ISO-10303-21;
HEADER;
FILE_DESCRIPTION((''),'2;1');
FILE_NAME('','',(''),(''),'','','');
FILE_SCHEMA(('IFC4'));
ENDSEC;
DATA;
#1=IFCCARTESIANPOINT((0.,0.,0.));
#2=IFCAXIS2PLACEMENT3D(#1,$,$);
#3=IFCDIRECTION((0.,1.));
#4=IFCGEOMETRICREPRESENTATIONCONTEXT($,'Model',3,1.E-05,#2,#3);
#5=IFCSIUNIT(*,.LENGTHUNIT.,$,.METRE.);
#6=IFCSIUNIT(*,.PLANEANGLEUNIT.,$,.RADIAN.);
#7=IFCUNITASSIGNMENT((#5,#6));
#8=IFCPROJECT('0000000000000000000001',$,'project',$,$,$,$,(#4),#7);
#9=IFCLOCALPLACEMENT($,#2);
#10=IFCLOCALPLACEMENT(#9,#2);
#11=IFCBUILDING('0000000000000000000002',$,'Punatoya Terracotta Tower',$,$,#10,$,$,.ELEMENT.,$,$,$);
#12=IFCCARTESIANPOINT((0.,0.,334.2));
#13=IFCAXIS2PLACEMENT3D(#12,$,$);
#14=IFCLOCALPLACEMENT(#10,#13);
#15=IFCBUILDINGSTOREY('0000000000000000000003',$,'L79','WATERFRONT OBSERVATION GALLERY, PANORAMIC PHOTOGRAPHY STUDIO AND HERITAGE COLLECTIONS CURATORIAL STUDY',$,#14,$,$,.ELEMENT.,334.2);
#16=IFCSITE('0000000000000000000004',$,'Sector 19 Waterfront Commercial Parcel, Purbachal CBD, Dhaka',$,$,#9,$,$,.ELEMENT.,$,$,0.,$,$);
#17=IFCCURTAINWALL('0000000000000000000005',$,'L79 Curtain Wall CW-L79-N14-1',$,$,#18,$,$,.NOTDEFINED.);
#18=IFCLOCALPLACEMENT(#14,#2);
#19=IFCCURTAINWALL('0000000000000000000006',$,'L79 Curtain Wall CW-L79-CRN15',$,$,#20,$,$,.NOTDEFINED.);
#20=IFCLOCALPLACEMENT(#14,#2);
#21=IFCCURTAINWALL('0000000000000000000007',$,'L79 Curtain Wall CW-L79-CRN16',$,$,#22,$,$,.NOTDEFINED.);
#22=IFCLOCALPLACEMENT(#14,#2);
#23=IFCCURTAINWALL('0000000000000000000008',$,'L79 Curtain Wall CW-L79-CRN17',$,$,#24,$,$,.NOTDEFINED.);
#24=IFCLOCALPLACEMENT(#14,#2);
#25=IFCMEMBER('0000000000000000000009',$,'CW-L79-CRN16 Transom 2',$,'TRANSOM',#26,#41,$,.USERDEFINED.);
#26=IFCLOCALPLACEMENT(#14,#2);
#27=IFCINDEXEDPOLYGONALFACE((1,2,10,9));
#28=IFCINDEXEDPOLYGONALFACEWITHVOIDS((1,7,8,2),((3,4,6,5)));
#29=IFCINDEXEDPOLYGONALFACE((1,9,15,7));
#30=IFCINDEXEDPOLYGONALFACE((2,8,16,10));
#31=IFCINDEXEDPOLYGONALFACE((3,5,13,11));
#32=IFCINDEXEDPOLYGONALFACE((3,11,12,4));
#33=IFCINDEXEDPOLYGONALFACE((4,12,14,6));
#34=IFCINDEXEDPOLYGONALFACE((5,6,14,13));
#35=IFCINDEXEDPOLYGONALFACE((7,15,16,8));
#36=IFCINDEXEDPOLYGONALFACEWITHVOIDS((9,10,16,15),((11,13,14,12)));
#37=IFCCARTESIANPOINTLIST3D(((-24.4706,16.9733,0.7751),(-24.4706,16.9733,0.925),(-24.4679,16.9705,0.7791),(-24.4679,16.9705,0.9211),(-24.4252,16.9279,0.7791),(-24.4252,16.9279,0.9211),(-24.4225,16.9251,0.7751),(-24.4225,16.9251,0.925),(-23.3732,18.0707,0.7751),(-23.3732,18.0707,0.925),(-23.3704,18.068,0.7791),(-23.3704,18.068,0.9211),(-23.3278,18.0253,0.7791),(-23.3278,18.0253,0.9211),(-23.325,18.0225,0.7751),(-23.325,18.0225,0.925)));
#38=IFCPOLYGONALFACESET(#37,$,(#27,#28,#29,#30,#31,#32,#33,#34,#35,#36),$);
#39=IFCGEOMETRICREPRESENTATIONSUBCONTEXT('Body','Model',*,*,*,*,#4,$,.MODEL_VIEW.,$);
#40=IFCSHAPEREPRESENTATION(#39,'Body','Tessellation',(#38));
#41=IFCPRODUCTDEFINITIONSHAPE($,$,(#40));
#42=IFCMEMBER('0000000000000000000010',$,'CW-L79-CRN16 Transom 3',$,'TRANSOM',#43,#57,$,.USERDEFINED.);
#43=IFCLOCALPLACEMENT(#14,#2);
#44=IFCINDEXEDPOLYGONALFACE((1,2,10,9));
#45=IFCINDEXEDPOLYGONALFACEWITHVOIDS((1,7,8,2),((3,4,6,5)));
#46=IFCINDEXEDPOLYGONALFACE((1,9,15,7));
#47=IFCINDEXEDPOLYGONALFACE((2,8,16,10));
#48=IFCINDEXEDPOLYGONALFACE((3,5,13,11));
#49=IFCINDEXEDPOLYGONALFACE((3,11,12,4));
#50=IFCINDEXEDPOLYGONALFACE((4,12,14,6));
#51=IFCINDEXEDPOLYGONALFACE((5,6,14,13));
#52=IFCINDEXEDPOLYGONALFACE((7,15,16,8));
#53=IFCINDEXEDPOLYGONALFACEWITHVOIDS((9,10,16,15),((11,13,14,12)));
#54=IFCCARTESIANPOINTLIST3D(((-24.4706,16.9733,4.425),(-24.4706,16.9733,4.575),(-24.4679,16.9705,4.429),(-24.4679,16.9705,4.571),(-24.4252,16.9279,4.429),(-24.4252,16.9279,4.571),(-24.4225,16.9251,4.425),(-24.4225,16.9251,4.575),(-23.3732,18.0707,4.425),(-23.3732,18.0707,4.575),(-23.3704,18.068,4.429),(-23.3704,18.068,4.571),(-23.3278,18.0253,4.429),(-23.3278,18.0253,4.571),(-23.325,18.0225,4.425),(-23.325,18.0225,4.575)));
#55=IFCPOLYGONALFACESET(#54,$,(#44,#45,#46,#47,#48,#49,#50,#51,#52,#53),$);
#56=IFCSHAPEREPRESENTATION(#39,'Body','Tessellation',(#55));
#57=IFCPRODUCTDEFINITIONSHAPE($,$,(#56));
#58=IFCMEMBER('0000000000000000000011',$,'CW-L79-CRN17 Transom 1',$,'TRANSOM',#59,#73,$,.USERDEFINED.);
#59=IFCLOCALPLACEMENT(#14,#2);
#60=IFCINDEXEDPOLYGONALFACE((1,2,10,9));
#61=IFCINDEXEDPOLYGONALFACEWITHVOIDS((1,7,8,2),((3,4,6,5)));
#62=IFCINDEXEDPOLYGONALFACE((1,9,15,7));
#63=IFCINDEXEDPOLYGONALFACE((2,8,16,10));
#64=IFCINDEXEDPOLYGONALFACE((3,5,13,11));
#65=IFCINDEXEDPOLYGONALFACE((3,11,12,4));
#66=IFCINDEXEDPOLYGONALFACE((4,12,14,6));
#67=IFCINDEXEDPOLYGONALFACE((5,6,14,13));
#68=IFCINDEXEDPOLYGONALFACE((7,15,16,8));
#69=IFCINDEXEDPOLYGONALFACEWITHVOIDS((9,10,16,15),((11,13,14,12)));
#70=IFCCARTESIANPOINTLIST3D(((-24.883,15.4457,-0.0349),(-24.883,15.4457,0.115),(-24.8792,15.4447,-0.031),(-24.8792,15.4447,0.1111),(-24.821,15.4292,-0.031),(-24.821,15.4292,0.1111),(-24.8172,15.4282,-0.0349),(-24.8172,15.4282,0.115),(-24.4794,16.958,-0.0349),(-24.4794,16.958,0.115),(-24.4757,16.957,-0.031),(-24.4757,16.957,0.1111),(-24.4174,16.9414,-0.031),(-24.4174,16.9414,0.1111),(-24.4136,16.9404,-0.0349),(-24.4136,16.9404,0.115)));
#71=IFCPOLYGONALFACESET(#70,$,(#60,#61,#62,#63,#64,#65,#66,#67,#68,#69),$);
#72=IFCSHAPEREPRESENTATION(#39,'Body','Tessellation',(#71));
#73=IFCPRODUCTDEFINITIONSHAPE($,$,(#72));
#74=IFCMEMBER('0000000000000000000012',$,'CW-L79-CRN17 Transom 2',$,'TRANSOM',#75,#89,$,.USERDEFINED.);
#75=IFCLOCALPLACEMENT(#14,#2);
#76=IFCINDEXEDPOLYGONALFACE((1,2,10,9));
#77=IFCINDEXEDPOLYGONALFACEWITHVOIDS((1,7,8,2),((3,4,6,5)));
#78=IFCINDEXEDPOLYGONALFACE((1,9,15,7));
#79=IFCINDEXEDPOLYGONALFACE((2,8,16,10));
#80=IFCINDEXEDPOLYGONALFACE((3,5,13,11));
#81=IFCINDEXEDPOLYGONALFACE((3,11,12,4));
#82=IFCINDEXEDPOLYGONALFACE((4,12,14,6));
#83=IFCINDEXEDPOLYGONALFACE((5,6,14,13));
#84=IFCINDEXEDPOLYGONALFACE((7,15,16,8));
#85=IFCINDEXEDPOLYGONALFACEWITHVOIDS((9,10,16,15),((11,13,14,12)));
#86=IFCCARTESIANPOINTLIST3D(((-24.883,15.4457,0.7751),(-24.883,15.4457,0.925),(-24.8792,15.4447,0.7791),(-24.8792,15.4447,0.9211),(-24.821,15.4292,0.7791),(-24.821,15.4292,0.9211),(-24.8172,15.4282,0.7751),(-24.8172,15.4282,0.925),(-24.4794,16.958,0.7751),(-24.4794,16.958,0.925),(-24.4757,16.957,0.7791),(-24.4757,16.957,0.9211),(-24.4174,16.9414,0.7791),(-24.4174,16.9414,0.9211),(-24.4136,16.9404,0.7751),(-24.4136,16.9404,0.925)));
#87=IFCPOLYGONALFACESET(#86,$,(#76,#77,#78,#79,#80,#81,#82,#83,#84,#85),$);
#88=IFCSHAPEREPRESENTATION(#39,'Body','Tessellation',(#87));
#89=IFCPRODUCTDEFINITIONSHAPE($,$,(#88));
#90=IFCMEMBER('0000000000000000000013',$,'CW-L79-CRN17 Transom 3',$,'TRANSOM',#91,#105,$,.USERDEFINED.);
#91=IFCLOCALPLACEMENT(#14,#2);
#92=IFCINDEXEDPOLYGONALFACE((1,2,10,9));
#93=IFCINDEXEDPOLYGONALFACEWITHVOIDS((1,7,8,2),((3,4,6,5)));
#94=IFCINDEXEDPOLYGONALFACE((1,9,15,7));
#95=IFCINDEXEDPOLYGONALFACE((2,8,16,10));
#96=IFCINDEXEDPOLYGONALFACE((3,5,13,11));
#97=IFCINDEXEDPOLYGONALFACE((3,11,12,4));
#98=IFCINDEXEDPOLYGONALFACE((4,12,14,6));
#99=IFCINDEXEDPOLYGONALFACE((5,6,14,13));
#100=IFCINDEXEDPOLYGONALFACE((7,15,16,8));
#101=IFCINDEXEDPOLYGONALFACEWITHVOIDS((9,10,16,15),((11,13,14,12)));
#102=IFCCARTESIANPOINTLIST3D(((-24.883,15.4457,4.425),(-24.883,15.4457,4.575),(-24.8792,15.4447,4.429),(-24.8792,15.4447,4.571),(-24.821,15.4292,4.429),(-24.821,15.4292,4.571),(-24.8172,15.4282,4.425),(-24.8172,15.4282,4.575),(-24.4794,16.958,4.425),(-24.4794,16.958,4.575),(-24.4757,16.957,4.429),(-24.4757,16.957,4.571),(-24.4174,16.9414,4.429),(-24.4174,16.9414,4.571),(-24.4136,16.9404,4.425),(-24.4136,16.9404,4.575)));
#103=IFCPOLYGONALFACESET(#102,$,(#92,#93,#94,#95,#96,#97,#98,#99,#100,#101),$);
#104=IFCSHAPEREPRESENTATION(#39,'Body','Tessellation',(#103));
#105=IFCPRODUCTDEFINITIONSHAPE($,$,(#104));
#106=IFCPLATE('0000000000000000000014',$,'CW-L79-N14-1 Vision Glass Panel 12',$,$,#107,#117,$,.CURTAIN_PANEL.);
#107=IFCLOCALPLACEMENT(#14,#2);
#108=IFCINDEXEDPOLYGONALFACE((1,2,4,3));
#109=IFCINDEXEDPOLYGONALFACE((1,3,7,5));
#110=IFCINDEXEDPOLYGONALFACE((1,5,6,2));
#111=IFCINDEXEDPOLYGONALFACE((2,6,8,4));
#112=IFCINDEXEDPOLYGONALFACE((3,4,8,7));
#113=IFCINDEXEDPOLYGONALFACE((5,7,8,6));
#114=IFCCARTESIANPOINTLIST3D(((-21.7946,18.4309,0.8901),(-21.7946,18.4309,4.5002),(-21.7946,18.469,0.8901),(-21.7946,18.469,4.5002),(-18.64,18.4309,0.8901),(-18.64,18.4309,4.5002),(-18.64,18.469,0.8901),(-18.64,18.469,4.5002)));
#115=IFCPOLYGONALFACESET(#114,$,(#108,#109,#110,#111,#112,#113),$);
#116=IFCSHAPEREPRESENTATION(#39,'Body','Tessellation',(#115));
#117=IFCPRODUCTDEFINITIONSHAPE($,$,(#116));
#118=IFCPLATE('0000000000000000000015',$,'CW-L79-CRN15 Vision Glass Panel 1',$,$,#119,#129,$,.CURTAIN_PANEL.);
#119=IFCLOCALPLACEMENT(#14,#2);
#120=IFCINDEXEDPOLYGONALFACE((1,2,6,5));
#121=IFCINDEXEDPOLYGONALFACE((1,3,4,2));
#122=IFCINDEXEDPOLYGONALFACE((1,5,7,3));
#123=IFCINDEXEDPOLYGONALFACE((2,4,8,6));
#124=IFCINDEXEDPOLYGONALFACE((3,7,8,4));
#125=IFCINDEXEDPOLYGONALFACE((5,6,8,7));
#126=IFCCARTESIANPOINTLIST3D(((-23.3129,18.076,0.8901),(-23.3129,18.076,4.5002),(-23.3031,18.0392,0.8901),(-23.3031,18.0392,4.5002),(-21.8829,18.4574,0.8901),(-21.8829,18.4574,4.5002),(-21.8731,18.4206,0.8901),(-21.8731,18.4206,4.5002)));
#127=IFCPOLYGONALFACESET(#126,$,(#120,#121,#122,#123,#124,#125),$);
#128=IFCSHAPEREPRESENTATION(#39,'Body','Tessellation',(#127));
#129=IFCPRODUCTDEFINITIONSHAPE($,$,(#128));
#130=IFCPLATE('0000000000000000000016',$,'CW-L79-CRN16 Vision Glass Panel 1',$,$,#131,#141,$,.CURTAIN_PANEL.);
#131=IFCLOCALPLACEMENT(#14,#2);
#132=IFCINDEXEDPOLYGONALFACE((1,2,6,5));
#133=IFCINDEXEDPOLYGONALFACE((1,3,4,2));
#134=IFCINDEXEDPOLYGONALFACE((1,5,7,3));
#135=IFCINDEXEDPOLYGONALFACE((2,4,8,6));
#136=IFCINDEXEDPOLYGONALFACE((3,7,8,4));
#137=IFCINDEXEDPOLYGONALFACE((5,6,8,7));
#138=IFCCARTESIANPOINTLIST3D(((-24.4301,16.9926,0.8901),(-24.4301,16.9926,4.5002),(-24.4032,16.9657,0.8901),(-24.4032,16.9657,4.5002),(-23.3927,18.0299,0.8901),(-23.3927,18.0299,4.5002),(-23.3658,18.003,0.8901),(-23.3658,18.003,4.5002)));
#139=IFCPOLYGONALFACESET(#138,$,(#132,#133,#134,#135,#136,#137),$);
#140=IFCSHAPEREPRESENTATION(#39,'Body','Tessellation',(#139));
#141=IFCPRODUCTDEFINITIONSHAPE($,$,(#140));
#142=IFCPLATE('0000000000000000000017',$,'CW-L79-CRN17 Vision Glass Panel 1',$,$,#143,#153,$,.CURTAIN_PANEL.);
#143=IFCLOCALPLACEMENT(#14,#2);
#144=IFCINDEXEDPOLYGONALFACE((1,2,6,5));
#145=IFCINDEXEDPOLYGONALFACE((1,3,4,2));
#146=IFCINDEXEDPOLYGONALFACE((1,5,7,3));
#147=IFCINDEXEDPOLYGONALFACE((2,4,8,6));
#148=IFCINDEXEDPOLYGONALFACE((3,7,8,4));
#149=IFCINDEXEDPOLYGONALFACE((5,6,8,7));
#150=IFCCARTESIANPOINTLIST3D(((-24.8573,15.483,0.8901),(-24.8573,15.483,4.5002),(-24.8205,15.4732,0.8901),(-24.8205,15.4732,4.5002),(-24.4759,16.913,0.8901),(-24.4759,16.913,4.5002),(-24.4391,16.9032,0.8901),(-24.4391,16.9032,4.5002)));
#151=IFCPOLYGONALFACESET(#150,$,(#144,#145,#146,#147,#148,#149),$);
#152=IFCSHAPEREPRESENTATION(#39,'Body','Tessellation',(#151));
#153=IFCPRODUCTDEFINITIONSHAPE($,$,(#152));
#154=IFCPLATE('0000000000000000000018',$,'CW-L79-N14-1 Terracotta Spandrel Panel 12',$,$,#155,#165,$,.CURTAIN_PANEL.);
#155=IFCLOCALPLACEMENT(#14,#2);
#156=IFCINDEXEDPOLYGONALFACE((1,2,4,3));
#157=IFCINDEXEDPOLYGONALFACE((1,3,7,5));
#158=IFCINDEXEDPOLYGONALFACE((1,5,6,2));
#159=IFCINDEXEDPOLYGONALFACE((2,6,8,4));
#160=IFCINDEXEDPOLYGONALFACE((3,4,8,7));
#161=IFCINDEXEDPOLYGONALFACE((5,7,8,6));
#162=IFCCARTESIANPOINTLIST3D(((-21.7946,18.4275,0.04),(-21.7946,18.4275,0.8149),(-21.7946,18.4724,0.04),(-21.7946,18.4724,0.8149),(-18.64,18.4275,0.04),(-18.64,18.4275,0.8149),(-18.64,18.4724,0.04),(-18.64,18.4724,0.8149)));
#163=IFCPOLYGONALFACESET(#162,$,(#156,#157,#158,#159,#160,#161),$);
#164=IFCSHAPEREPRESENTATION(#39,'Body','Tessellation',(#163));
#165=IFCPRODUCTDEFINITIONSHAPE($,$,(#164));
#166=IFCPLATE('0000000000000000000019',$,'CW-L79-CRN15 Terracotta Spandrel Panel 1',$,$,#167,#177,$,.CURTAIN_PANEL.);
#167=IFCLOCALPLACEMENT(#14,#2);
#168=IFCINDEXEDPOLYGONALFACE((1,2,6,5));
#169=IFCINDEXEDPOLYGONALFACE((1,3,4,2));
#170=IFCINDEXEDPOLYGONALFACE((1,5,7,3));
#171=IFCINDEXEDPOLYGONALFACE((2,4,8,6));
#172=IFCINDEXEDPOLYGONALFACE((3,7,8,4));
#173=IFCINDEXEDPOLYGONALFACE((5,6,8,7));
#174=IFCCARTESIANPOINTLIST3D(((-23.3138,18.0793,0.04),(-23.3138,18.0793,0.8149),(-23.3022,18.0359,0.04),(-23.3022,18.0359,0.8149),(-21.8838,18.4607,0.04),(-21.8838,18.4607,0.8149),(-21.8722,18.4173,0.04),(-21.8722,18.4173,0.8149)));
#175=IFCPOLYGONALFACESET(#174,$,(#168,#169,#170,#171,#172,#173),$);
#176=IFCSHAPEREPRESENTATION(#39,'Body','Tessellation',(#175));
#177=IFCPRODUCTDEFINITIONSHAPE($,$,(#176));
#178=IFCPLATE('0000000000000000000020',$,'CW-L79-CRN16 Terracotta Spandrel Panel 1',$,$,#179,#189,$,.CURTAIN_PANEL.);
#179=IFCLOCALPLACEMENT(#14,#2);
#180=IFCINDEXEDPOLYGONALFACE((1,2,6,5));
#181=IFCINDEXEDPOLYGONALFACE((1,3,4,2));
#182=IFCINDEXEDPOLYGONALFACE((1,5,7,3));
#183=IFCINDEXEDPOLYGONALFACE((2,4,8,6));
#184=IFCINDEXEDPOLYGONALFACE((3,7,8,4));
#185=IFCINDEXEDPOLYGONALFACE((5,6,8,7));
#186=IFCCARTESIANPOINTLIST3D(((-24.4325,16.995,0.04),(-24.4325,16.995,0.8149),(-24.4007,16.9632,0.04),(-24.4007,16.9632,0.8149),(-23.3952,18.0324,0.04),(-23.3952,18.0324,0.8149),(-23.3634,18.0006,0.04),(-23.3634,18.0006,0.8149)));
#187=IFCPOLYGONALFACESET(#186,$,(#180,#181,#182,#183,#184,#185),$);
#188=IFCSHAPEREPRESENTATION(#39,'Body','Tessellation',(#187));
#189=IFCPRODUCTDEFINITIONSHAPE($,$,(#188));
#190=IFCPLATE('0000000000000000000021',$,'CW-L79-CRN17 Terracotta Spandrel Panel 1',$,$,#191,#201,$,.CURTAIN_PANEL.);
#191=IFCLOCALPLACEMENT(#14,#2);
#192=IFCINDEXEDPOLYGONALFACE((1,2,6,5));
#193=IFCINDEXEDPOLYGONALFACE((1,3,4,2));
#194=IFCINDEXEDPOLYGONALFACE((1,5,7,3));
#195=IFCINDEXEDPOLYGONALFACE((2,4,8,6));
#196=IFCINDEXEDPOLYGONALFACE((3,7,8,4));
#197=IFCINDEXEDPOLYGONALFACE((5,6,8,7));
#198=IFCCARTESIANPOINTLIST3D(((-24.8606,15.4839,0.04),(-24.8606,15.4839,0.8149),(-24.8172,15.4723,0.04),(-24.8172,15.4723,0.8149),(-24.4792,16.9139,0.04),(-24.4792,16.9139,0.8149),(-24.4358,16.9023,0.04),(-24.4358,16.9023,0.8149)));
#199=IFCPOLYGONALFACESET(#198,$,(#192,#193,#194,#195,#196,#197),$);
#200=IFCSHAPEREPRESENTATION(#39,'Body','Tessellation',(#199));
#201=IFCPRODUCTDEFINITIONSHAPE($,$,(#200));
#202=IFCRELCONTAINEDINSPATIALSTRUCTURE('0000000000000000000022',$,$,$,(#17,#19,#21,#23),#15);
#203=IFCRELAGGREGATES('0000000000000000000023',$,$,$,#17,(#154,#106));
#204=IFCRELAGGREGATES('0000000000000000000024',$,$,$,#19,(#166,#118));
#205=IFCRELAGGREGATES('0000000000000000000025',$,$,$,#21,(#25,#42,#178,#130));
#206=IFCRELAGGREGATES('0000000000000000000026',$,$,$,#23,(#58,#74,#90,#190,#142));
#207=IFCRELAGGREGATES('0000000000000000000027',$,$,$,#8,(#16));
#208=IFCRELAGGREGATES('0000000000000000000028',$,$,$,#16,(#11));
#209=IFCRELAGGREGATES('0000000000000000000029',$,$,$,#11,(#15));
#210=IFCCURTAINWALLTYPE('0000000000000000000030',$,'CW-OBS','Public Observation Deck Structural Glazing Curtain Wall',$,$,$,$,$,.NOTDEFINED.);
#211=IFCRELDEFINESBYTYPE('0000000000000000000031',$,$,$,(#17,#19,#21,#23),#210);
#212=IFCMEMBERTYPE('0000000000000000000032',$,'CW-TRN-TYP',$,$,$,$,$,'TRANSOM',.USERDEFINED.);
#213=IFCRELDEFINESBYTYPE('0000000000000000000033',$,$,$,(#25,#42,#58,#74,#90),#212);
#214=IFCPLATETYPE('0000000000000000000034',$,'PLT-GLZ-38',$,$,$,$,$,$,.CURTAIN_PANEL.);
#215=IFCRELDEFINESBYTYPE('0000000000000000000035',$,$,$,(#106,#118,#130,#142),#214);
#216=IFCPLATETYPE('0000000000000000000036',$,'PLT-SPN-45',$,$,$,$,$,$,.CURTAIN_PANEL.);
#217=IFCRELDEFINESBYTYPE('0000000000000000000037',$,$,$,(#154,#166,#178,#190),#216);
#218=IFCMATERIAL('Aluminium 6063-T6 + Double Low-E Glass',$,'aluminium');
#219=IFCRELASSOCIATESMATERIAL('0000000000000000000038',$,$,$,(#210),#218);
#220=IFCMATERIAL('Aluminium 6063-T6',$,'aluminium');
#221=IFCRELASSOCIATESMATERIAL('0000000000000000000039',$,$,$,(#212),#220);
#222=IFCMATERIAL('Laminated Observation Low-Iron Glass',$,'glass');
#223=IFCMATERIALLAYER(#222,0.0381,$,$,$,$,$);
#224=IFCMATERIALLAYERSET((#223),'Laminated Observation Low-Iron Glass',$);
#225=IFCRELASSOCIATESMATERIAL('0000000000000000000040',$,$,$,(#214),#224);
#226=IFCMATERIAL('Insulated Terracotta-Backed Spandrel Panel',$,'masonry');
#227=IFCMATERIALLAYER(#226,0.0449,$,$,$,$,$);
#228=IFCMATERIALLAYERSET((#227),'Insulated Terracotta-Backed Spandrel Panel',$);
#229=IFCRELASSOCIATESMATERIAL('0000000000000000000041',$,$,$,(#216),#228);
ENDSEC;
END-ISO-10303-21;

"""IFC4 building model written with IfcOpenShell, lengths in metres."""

from ifc_helpers import new_model, si_unit, direction, frame, origin, origin_2d, place, context, subcontext, project, spatial, rectangle, hollow_rectangle, extrude, material, layer, layer_set, material_profile, profile_set, type_object, element, aggregate, save


model = new_model("IFC4")

# Units and contexts
model_context = context("Model", 3, precision=1e-05, world=origin(), true_north=direction((0.0, 1.0)))
body_context = subcontext(model_context, "Body", "Model", "MODEL_VIEW")
ifc_project = project(units=[si_unit("LENGTHUNIT", "METRE"), si_unit("PLANEANGLEUNIT", "RADIAN")], contexts=[model_context])

# Site, building, storey
site_placement = place(None, origin())
site = spatial("IfcSite", under=ifc_project, at=site_placement, Name="Sector 19 Waterfront Commercial Parcel, Purbachal CBD, Dhaka", CompositionType="ELEMENT", RefElevation=0.0)
building_placement = place(site_placement, origin())
building = spatial("IfcBuilding", under=site, at=building_placement, Name="Punatoya Terracotta Tower", CompositionType="ELEMENT")
storey_placement = place(building_placement, frame((0.0, 0.0, 334.2)))
storey = spatial("IfcBuildingStorey", under=building, at=storey_placement, Name="L79", Description="WATERFRONT OBSERVATION GALLERY, PANORAMIC PHOTOGRAPHY STUDIO AND HERITAGE COLLECTIONS CURATORIAL STUDY", CompositionType="ELEMENT", Elevation=334.2)

# Curtain walls
ifc_material_1 = material(Name="Aluminium 6063-T6 + Double Low-E Glass", Category="aluminium")
curtain_wall_type = type_object("IfcCurtainWallType", Name="CW-OBS", Description="Public Observation Deck Structural Glazing Curtain Wall", PredefinedType="NOTDEFINED", material=ifc_material_1)
curtain_wall_1_placement = place(storey_placement, origin())
curtain_wall_1 = element("IfcCurtainWall", 1, at=curtain_wall_1_placement, inside=storey, type_object=curtain_wall_type, Name="L79 Curtain Wall CW-L79-N14-1", PredefinedType="NOTDEFINED")
ifc_material_2 = material(Name="Aluminium 6063-T6", Category="aluminium")
curtain_wall_2_placement = place(storey_placement, origin())
curtain_wall_2 = element("IfcCurtainWall", 2, at=curtain_wall_2_placement, inside=storey, type_object=curtain_wall_type, Name="L79 Curtain Wall CW-L79-CRN15", PredefinedType="NOTDEFINED")
curtain_wall_3_placement = place(storey_placement, origin())
curtain_wall_3 = element("IfcCurtainWall", 3, at=curtain_wall_3_placement, inside=storey, type_object=curtain_wall_type, Name="L79 Curtain Wall CW-L79-CRN16", PredefinedType="NOTDEFINED")
curtain_wall_4_placement = place(storey_placement, origin())
curtain_wall_4 = element("IfcCurtainWall", 4, at=curtain_wall_4_placement, inside=storey, type_object=curtain_wall_type, Name="L79 Curtain Wall CW-L79-CRN17", PredefinedType="NOTDEFINED")

# Members
ifc_material_profile_1 = material_profile(ifc_material_2, hollow_rectangle(XDim=0.0681, YDim=0.1499, WallThickness=0.0039, at=origin_2d()))
ifc_profile_set_1 = profile_set([ifc_material_profile_1], Name="Aluminium 6063-T6")
member_type_1 = type_object("IfcMemberType", Name="CW-TRN-TYP", ElementType="TRANSOM", PredefinedType="USERDEFINED", material=ifc_profile_set_1)
member_1_placement = place(storey_placement, frame((-23.3491, 18.0466, 0.8501), z_axis=(-0.707107, -0.707107, 0.0), x_axis=(0.707107, -0.707107, 0.0)))
member_1 = element("IfcMember", 5, at=member_1_placement, type_object=member_type_1, Name="CW-L79-CRN16 Transom 2", ObjectType="TRANSOM", PredefinedType="USERDEFINED", context=body_context, shape_type="SweptSolid", body=[
    extrude(hollow_rectangle(XDim=0.0681, YDim=0.1499, WallThickness=0.0039, at=origin_2d()), origin(), (0.0, 0.0, 1.0), 1.552),
])
member_2_placement = place(storey_placement, frame((-23.3491, 18.0466, 4.5), z_axis=(-0.707107, -0.707107, 0.0), x_axis=(0.707107, -0.707107, 0.0)))
member_2 = element("IfcMember", 6, at=member_2_placement, type_object=member_type_1, Name="CW-L79-CRN16 Transom 3", ObjectType="TRANSOM", PredefinedType="USERDEFINED", context=body_context, shape_type="SweptSolid", body=[
    extrude(hollow_rectangle(XDim=0.0681, YDim=0.1499, WallThickness=0.0039, at=origin_2d()), origin(), (0.0, 0.0, 1.0), 1.552),
])
member_3_placement = place(storey_placement, frame((-24.4465, 16.9492, 0.04), z_axis=(-0.257847, -0.966186, 0.0), x_axis=(0.966186, -0.257847, 0.0)))
member_3 = element("IfcMember", 7, at=member_3_placement, type_object=member_type_1, Name="CW-L79-CRN17 Transom 1", ObjectType="TRANSOM", PredefinedType="USERDEFINED", context=body_context, shape_type="SweptSolid", body=[
    extrude(hollow_rectangle(XDim=0.0681, YDim=0.1499, WallThickness=0.0039, at=origin_2d()), origin(), (0.0, 0.0, 1.0), 1.5652),
])
member_4_placement = place(storey_placement, frame((-24.4465, 16.9492, 0.8501), z_axis=(-0.257847, -0.966186, 0.0), x_axis=(0.966186, -0.257847, 0.0)))
member_4 = element("IfcMember", 8, at=member_4_placement, type_object=member_type_1, Name="CW-L79-CRN17 Transom 2", ObjectType="TRANSOM", PredefinedType="USERDEFINED", context=body_context, shape_type="SweptSolid", body=[
    extrude(hollow_rectangle(XDim=0.0681, YDim=0.1499, WallThickness=0.0039, at=origin_2d()), origin(), (0.0, 0.0, 1.0), 1.5652),
])
member_5_placement = place(storey_placement, frame((-24.4465, 16.9492, 4.5), z_axis=(-0.257847, -0.966186, 0.0), x_axis=(0.966186, -0.257847, 0.0)))
member_5 = element("IfcMember", 9, at=member_5_placement, type_object=member_type_1, Name="CW-L79-CRN17 Transom 3", ObjectType="TRANSOM", PredefinedType="USERDEFINED", context=body_context, shape_type="SweptSolid", body=[
    extrude(hollow_rectangle(XDim=0.0681, YDim=0.1499, WallThickness=0.0039, at=origin_2d()), origin(), (0.0, 0.0, 1.0), 1.5652),
])

# Plates
ifc_material_3 = material(Name="Laminated Observation Low-Iron Glass", Category="glass")
ifc_layer_1 = layer(ifc_material_3, 0.0381)
ifc_layer_set_1 = layer_set([ifc_layer_1], Name="Laminated Observation Low-Iron Glass")
plate_type_1 = type_object("IfcPlateType", Name="PLT-GLZ-38", PredefinedType="CURTAIN_PANEL", material=ifc_layer_set_1)
plate_1_placement = place(storey_placement, frame((-20.2173, 18.45, 0.8901), z_axis=(0.0, 0.0, 1.0), x_axis=(-1.0, 0.0, 0.0)))
plate_1 = element("IfcPlate", 10, at=plate_1_placement, type_object=plate_type_1, Name="CW-L79-N14-1 Vision Glass Panel 12", PredefinedType="CURTAIN_PANEL", context=body_context, shape_type="SweptSolid", body=[
    extrude(rectangle(XDim=3.1545, YDim=0.0381, at=origin_2d()), origin(), (0.0, 0.0, 1.0), 3.6101),
])
plate_2_placement = place(storey_placement, frame((-22.593, 18.2483, 0.8901), z_axis=(0.0, 0.0, 1.0), x_axis=(-0.966214, -0.257742, 0.0)))
plate_2 = element("IfcPlate", 11, at=plate_2_placement, type_object=plate_type_1, Name="CW-L79-CRN15 Vision Glass Panel 1", PredefinedType="CURTAIN_PANEL", context=body_context, shape_type="SweptSolid", body=[
    extrude(rectangle(XDim=1.48, YDim=0.0381, at=origin_2d()), origin(), (0.0, 0.0, 1.0), 3.6101),
])
plate_3_placement = place(storey_placement, frame((-23.8979, 17.4978, 0.8901), z_axis=(0.0, 0.0, 1.0), x_axis=(-0.707107, -0.707107, 0.0)))
plate_3 = element("IfcPlate", 12, at=plate_3_placement, type_object=plate_type_1, Name="CW-L79-CRN16 Vision Glass Panel 1", PredefinedType="CURTAIN_PANEL", context=body_context, shape_type="SweptSolid", body=[
    extrude(rectangle(XDim=1.467, YDim=0.0381, at=origin_2d()), origin(), (0.0, 0.0, 1.0), 3.6101),
])
plate_4_placement = place(storey_placement, frame((-24.6482, 16.1931, 0.8901), z_axis=(0.0, 0.0, 1.0), x_axis=(-0.257742, -0.966214, 0.0)))
plate_4 = element("IfcPlate", 13, at=plate_4_placement, type_object=plate_type_1, Name="CW-L79-CRN17 Vision Glass Panel 1", PredefinedType="CURTAIN_PANEL", context=body_context, shape_type="SweptSolid", body=[
    extrude(rectangle(XDim=1.48, YDim=0.0381, at=origin_2d()), origin(), (0.0, 0.0, 1.0), 3.6101),
])
ifc_material_4 = material(Name="Insulated Terracotta-Backed Spandrel Panel", Category="masonry")
ifc_layer_2 = layer(ifc_material_4, 0.0449)
ifc_layer_set_2 = layer_set([ifc_layer_2], Name="Insulated Terracotta-Backed Spandrel Panel")
plate_type_2 = type_object("IfcPlateType", Name="PLT-SPN-45", PredefinedType="CURTAIN_PANEL", material=ifc_layer_set_2)
plate_5_placement = place(storey_placement, frame((-20.2173, 18.45, 0.04), z_axis=(0.0, 0.0, 1.0), x_axis=(-1.0, 0.0, 0.0)))
plate_5 = element("IfcPlate", 14, at=plate_5_placement, type_object=plate_type_2, Name="CW-L79-N14-1 Terracotta Spandrel Panel 12", PredefinedType="CURTAIN_PANEL", context=body_context, shape_type="SweptSolid", body=[
    extrude(rectangle(XDim=3.1545, YDim=0.0449, at=origin_2d()), origin(), (0.0, 0.0, 1.0), 0.7749),
])
aggregate(curtain_wall_1, [plate_5, plate_1])
plate_6_placement = place(storey_placement, frame((-22.593, 18.2483, 0.04), z_axis=(0.0, 0.0, 1.0), x_axis=(-0.966214, -0.257742, 0.0)))
plate_6 = element("IfcPlate", 15, at=plate_6_placement, type_object=plate_type_2, Name="CW-L79-CRN15 Terracotta Spandrel Panel 1", PredefinedType="CURTAIN_PANEL", context=body_context, shape_type="SweptSolid", body=[
    extrude(rectangle(XDim=1.48, YDim=0.0449, at=origin_2d()), origin(), (0.0, 0.0, 1.0), 0.7749),
])
aggregate(curtain_wall_2, [plate_6, plate_2])
plate_7_placement = place(storey_placement, frame((-23.8979, 17.4978, 0.04), z_axis=(0.0, 0.0, 1.0), x_axis=(-0.707107, -0.707107, 0.0)))
plate_7 = element("IfcPlate", 16, at=plate_7_placement, type_object=plate_type_2, Name="CW-L79-CRN16 Terracotta Spandrel Panel 1", PredefinedType="CURTAIN_PANEL", context=body_context, shape_type="SweptSolid", body=[
    extrude(rectangle(XDim=1.467, YDim=0.0449, at=origin_2d()), origin(), (0.0, 0.0, 1.0), 0.7749),
])
aggregate(curtain_wall_3, [member_1, member_2, plate_7, plate_3])
plate_8_placement = place(storey_placement, frame((-24.6482, 16.1931, 0.04), z_axis=(0.0, 0.0, 1.0), x_axis=(-0.257742, -0.966214, 0.0)))
plate_8 = element("IfcPlate", 17, at=plate_8_placement, type_object=plate_type_2, Name="CW-L79-CRN17 Terracotta Spandrel Panel 1", PredefinedType="CURTAIN_PANEL", context=body_context, shape_type="SweptSolid", body=[
    extrude(rectangle(XDim=1.48, YDim=0.0449, at=origin_2d()), origin(), (0.0, 0.0, 1.0), 0.7749),
])
aggregate(curtain_wall_4, [member_3, member_4, member_5, plate_8, plate_4])

save(model, "model.ifc")
